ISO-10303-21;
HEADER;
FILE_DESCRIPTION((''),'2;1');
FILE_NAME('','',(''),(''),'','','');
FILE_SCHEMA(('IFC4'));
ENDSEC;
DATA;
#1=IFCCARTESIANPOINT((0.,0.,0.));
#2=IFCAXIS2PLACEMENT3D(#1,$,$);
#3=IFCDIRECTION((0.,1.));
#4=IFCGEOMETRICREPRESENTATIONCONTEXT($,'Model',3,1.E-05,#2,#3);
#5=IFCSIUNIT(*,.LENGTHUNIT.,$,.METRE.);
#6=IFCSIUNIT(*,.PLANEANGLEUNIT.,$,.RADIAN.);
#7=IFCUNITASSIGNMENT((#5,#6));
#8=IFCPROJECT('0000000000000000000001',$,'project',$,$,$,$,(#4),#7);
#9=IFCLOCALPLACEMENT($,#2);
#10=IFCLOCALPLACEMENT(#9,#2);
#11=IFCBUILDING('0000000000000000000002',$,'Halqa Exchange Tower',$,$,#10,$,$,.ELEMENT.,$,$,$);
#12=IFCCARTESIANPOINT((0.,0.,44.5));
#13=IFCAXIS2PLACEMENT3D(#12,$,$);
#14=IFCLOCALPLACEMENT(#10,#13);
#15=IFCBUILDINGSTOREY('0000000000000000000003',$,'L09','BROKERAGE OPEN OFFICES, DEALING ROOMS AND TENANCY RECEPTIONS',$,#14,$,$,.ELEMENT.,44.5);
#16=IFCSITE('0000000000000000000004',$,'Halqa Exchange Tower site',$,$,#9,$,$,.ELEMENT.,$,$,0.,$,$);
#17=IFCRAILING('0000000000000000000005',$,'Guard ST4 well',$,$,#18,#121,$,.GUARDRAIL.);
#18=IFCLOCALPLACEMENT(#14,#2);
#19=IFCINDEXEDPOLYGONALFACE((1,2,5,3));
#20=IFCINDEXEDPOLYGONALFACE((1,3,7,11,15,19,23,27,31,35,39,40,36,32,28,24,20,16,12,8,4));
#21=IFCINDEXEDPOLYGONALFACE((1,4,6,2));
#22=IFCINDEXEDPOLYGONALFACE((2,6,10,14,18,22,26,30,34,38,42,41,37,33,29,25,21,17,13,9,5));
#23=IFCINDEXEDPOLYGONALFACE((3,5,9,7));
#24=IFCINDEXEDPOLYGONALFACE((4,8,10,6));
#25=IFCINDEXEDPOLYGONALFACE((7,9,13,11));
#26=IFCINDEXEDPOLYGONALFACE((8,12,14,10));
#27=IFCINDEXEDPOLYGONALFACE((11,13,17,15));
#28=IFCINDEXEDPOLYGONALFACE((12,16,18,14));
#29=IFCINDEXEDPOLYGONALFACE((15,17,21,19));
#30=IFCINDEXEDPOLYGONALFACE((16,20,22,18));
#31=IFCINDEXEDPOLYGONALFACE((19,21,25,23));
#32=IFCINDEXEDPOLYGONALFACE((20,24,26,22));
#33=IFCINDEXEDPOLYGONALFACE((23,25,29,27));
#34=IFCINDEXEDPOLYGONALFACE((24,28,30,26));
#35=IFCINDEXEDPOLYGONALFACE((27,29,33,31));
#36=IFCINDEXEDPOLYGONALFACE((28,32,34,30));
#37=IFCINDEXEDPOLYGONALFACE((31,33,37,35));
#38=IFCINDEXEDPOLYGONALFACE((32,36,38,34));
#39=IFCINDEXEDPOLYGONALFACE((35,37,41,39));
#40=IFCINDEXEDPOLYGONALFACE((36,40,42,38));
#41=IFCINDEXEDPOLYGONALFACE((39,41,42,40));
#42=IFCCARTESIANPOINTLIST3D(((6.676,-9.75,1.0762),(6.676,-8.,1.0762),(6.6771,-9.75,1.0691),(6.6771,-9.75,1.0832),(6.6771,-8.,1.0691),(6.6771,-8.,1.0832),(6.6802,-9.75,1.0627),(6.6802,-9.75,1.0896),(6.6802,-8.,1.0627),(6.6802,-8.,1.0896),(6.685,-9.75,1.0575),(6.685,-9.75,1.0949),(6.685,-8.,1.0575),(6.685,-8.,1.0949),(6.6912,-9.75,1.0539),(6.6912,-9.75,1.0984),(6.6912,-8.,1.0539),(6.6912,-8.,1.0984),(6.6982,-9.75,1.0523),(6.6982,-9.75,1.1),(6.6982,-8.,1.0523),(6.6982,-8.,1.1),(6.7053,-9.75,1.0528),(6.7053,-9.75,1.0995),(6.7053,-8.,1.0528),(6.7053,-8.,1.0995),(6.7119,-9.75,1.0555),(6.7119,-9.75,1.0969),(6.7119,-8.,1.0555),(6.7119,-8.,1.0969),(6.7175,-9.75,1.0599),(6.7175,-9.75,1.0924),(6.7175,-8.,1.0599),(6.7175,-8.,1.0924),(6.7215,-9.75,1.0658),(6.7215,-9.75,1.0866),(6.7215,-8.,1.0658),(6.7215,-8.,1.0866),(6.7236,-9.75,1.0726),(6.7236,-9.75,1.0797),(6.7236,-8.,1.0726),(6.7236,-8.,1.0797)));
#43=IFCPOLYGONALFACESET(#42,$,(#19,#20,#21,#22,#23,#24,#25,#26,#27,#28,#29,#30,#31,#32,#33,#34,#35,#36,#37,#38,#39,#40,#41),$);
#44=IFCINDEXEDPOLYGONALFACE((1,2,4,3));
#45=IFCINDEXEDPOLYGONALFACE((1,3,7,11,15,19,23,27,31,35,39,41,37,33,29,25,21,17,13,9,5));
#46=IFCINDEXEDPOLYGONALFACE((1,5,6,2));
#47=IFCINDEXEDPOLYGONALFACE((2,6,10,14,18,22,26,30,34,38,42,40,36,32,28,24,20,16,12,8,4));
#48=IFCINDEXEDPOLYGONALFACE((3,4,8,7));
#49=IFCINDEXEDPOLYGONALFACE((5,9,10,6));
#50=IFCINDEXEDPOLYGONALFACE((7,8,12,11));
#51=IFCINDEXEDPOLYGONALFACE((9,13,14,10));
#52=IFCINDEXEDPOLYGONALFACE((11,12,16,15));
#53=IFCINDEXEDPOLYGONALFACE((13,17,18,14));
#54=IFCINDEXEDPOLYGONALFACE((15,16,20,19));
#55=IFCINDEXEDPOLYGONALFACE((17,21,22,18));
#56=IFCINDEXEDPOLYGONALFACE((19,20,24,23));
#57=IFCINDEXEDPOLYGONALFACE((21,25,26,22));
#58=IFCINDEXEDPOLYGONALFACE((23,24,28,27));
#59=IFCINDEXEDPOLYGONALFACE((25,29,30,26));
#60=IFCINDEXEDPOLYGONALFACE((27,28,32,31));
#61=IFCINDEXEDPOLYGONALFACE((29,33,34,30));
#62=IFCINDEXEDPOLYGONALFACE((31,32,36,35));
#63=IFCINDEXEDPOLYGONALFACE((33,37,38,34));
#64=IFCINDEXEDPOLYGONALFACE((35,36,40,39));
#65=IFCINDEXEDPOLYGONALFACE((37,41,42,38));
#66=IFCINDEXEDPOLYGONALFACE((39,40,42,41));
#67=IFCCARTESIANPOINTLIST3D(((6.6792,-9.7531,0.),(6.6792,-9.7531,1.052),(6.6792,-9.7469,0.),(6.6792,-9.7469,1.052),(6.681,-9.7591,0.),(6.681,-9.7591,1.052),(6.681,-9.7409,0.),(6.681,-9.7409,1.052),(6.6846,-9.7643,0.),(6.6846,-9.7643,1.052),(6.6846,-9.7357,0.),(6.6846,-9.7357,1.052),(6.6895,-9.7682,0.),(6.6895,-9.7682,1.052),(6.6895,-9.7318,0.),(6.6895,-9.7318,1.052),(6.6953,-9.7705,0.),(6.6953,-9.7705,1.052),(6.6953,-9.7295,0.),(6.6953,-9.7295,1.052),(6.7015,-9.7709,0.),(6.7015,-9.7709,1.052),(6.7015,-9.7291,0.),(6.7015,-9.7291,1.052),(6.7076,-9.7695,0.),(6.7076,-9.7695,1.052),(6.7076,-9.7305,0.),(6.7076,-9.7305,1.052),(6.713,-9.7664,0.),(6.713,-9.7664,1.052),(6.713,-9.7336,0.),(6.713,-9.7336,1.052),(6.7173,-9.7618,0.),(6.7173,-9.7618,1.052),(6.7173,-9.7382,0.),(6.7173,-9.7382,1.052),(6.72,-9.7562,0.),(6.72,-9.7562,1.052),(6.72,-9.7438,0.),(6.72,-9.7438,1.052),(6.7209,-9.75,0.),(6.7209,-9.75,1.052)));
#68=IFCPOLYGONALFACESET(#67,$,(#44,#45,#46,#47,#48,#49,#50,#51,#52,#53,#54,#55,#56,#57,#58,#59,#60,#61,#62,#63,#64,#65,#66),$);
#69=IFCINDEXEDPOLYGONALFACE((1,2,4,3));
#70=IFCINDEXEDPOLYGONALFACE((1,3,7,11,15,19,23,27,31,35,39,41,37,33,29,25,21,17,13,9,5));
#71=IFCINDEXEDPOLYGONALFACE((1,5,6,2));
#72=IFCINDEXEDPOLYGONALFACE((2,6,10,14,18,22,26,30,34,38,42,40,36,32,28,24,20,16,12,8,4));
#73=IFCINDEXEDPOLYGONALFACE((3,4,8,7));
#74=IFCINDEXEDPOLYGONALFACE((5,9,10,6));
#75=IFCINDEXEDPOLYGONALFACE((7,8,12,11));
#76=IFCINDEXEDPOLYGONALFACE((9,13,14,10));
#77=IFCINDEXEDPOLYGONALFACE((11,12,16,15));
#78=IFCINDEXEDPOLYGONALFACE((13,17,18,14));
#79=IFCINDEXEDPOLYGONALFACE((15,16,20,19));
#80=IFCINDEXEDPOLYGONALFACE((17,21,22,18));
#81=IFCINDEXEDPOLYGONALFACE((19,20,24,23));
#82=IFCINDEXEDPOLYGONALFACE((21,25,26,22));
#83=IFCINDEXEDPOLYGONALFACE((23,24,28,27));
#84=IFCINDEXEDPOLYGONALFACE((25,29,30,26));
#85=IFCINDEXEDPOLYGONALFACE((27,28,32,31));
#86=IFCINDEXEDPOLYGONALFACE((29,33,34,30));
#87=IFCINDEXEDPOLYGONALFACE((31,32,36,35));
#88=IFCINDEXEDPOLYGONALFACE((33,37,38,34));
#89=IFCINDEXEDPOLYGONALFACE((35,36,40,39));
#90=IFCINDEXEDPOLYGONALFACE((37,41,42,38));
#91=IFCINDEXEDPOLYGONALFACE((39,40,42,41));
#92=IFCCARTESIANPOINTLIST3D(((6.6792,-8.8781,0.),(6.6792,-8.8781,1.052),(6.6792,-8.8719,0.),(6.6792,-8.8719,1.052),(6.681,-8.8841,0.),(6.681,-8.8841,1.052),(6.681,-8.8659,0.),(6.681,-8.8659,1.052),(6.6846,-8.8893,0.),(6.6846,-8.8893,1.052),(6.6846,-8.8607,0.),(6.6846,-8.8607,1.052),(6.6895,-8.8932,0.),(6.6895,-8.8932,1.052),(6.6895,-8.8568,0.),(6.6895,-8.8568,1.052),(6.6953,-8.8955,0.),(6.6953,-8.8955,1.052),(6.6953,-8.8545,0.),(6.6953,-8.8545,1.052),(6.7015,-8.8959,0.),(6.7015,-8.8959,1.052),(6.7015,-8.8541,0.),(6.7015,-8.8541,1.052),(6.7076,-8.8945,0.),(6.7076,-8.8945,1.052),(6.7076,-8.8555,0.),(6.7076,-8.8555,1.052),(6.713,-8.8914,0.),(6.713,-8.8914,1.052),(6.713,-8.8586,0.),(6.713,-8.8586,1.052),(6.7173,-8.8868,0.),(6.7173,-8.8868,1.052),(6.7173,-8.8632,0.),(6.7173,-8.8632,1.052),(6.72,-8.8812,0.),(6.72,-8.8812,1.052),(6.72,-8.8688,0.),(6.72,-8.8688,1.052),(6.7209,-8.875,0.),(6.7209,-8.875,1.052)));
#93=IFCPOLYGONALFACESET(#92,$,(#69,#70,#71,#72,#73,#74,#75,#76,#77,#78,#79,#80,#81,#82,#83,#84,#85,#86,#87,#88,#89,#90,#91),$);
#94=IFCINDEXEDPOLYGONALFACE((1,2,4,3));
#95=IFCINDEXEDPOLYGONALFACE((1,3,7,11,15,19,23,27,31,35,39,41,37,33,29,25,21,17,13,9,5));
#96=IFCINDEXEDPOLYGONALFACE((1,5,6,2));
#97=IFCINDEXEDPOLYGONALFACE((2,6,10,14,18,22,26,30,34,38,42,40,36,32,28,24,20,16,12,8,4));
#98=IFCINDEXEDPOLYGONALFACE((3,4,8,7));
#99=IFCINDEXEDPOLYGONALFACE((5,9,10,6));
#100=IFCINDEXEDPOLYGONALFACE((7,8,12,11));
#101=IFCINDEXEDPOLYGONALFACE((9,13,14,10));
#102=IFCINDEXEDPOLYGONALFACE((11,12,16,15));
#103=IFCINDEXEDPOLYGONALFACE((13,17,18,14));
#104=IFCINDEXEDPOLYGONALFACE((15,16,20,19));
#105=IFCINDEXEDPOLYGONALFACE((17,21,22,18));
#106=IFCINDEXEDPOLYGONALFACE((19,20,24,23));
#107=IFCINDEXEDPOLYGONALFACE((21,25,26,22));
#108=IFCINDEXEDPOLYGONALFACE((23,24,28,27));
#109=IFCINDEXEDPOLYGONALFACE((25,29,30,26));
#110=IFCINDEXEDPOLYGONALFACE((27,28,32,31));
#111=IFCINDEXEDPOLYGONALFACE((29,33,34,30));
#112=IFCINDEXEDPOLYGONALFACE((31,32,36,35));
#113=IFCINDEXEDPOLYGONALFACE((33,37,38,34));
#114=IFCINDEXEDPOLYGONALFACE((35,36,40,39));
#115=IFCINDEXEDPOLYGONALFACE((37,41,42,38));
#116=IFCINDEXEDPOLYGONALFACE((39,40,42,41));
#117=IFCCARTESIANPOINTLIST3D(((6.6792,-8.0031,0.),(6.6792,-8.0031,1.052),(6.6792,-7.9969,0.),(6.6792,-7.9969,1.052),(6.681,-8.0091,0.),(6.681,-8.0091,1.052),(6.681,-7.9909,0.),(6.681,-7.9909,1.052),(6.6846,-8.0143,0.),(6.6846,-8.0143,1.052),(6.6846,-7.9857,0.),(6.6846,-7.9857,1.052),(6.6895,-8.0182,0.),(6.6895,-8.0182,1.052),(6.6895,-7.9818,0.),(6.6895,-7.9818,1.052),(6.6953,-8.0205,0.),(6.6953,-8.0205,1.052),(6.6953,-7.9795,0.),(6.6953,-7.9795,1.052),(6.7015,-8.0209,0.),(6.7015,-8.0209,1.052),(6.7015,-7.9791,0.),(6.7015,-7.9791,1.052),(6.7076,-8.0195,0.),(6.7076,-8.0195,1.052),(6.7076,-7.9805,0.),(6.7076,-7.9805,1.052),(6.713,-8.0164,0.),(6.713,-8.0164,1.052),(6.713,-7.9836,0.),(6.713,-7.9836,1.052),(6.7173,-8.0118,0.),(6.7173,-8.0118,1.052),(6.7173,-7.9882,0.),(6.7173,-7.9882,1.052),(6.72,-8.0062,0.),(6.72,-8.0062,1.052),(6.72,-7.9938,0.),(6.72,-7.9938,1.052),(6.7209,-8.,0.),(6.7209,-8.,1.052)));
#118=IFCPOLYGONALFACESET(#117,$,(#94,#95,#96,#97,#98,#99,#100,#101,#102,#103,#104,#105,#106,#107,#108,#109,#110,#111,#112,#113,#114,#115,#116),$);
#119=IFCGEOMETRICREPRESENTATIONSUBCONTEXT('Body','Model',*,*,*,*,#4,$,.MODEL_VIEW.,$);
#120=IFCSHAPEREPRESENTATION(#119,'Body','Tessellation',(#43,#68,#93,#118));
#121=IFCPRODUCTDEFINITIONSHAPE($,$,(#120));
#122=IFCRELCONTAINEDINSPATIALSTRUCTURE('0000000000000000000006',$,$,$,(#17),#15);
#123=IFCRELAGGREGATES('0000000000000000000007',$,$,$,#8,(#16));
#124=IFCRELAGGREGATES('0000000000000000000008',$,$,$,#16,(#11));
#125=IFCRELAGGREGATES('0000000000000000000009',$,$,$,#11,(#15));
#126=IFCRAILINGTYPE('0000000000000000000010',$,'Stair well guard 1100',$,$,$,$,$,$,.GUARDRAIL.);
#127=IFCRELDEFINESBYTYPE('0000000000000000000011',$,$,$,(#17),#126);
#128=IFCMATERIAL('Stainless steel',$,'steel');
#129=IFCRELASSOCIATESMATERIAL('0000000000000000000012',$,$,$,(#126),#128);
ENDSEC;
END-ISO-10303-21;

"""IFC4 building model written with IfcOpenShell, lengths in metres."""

from ifc_helpers import new_model, si_unit, direction, frame, origin, origin_2d, place, context, subcontext, project, spatial, circle, extrude, material, type_object, element, save


model = new_model("IFC4")

# Units and contexts
model_context = context("Model", 3, precision=1e-05, world=origin(), true_north=direction((0.0, 1.0)))
body_context = subcontext(model_context, "Body", "Model", "MODEL_VIEW")
ifc_project = project(units=[si_unit("LENGTHUNIT", "METRE"), si_unit("PLANEANGLEUNIT", "RADIAN")], contexts=[model_context])

# Site, building, storey
site_placement = place(None, origin())
site = spatial("IfcSite", under=ifc_project, at=site_placement, Name="Halqa Exchange Tower site", CompositionType="ELEMENT", RefElevation=0.0)
building_placement = place(site_placement, origin())
building = spatial("IfcBuilding", under=site, at=building_placement, Name="Halqa Exchange Tower", CompositionType="ELEMENT")
storey_placement = place(building_placement, frame((0.0, 0.0, 44.5)))
storey = spatial("IfcBuildingStorey", under=building, at=storey_placement, Name="L09", Description="BROKERAGE OPEN OFFICES, DEALING ROOMS AND TENANCY RECEPTIONS", CompositionType="ELEMENT", Elevation=44.5)

# Railing
ifc_material_1 = material(Name="Stainless steel", Category="steel")
railing_type_1 = type_object("IfcRailingType", Name="Stair well guard 1100", PredefinedType="GUARDRAIL", material=ifc_material_1)
railing_1_placement = place(storey_placement, frame((6.7, -9.75, 0.0)))
element("IfcRailing", 1, at=railing_1_placement, inside=storey, type_object=railing_type_1, Name="Guard ST4 well", PredefinedType="GUARDRAIL", context=body_context, shape_type="SweptSolid", body=[
    extrude(circle(Radius=0.0239, at=origin_2d()), frame((0.0, 0.0, 1.0762), z_axis=(0.0, 1.0, 0.0), x_axis=(-1.0, 0.0, 0.0)), (0.0, 0.0, 1.0), 1.75),
    extrude(circle(Radius=0.021, at=origin_2d()), origin(), (0.0, 0.0, 1.0), 1.052),
    extrude(circle(Radius=0.021, at=origin_2d()), frame((0.0, 0.875, 0.0)), (0.0, 0.0, 1.0), 1.052),
    extrude(circle(Radius=0.021, at=origin_2d()), frame((0.0, 1.75, 0.0)), (0.0, 0.0, 1.0), 1.052),
])

save(model, "model.ifc")
